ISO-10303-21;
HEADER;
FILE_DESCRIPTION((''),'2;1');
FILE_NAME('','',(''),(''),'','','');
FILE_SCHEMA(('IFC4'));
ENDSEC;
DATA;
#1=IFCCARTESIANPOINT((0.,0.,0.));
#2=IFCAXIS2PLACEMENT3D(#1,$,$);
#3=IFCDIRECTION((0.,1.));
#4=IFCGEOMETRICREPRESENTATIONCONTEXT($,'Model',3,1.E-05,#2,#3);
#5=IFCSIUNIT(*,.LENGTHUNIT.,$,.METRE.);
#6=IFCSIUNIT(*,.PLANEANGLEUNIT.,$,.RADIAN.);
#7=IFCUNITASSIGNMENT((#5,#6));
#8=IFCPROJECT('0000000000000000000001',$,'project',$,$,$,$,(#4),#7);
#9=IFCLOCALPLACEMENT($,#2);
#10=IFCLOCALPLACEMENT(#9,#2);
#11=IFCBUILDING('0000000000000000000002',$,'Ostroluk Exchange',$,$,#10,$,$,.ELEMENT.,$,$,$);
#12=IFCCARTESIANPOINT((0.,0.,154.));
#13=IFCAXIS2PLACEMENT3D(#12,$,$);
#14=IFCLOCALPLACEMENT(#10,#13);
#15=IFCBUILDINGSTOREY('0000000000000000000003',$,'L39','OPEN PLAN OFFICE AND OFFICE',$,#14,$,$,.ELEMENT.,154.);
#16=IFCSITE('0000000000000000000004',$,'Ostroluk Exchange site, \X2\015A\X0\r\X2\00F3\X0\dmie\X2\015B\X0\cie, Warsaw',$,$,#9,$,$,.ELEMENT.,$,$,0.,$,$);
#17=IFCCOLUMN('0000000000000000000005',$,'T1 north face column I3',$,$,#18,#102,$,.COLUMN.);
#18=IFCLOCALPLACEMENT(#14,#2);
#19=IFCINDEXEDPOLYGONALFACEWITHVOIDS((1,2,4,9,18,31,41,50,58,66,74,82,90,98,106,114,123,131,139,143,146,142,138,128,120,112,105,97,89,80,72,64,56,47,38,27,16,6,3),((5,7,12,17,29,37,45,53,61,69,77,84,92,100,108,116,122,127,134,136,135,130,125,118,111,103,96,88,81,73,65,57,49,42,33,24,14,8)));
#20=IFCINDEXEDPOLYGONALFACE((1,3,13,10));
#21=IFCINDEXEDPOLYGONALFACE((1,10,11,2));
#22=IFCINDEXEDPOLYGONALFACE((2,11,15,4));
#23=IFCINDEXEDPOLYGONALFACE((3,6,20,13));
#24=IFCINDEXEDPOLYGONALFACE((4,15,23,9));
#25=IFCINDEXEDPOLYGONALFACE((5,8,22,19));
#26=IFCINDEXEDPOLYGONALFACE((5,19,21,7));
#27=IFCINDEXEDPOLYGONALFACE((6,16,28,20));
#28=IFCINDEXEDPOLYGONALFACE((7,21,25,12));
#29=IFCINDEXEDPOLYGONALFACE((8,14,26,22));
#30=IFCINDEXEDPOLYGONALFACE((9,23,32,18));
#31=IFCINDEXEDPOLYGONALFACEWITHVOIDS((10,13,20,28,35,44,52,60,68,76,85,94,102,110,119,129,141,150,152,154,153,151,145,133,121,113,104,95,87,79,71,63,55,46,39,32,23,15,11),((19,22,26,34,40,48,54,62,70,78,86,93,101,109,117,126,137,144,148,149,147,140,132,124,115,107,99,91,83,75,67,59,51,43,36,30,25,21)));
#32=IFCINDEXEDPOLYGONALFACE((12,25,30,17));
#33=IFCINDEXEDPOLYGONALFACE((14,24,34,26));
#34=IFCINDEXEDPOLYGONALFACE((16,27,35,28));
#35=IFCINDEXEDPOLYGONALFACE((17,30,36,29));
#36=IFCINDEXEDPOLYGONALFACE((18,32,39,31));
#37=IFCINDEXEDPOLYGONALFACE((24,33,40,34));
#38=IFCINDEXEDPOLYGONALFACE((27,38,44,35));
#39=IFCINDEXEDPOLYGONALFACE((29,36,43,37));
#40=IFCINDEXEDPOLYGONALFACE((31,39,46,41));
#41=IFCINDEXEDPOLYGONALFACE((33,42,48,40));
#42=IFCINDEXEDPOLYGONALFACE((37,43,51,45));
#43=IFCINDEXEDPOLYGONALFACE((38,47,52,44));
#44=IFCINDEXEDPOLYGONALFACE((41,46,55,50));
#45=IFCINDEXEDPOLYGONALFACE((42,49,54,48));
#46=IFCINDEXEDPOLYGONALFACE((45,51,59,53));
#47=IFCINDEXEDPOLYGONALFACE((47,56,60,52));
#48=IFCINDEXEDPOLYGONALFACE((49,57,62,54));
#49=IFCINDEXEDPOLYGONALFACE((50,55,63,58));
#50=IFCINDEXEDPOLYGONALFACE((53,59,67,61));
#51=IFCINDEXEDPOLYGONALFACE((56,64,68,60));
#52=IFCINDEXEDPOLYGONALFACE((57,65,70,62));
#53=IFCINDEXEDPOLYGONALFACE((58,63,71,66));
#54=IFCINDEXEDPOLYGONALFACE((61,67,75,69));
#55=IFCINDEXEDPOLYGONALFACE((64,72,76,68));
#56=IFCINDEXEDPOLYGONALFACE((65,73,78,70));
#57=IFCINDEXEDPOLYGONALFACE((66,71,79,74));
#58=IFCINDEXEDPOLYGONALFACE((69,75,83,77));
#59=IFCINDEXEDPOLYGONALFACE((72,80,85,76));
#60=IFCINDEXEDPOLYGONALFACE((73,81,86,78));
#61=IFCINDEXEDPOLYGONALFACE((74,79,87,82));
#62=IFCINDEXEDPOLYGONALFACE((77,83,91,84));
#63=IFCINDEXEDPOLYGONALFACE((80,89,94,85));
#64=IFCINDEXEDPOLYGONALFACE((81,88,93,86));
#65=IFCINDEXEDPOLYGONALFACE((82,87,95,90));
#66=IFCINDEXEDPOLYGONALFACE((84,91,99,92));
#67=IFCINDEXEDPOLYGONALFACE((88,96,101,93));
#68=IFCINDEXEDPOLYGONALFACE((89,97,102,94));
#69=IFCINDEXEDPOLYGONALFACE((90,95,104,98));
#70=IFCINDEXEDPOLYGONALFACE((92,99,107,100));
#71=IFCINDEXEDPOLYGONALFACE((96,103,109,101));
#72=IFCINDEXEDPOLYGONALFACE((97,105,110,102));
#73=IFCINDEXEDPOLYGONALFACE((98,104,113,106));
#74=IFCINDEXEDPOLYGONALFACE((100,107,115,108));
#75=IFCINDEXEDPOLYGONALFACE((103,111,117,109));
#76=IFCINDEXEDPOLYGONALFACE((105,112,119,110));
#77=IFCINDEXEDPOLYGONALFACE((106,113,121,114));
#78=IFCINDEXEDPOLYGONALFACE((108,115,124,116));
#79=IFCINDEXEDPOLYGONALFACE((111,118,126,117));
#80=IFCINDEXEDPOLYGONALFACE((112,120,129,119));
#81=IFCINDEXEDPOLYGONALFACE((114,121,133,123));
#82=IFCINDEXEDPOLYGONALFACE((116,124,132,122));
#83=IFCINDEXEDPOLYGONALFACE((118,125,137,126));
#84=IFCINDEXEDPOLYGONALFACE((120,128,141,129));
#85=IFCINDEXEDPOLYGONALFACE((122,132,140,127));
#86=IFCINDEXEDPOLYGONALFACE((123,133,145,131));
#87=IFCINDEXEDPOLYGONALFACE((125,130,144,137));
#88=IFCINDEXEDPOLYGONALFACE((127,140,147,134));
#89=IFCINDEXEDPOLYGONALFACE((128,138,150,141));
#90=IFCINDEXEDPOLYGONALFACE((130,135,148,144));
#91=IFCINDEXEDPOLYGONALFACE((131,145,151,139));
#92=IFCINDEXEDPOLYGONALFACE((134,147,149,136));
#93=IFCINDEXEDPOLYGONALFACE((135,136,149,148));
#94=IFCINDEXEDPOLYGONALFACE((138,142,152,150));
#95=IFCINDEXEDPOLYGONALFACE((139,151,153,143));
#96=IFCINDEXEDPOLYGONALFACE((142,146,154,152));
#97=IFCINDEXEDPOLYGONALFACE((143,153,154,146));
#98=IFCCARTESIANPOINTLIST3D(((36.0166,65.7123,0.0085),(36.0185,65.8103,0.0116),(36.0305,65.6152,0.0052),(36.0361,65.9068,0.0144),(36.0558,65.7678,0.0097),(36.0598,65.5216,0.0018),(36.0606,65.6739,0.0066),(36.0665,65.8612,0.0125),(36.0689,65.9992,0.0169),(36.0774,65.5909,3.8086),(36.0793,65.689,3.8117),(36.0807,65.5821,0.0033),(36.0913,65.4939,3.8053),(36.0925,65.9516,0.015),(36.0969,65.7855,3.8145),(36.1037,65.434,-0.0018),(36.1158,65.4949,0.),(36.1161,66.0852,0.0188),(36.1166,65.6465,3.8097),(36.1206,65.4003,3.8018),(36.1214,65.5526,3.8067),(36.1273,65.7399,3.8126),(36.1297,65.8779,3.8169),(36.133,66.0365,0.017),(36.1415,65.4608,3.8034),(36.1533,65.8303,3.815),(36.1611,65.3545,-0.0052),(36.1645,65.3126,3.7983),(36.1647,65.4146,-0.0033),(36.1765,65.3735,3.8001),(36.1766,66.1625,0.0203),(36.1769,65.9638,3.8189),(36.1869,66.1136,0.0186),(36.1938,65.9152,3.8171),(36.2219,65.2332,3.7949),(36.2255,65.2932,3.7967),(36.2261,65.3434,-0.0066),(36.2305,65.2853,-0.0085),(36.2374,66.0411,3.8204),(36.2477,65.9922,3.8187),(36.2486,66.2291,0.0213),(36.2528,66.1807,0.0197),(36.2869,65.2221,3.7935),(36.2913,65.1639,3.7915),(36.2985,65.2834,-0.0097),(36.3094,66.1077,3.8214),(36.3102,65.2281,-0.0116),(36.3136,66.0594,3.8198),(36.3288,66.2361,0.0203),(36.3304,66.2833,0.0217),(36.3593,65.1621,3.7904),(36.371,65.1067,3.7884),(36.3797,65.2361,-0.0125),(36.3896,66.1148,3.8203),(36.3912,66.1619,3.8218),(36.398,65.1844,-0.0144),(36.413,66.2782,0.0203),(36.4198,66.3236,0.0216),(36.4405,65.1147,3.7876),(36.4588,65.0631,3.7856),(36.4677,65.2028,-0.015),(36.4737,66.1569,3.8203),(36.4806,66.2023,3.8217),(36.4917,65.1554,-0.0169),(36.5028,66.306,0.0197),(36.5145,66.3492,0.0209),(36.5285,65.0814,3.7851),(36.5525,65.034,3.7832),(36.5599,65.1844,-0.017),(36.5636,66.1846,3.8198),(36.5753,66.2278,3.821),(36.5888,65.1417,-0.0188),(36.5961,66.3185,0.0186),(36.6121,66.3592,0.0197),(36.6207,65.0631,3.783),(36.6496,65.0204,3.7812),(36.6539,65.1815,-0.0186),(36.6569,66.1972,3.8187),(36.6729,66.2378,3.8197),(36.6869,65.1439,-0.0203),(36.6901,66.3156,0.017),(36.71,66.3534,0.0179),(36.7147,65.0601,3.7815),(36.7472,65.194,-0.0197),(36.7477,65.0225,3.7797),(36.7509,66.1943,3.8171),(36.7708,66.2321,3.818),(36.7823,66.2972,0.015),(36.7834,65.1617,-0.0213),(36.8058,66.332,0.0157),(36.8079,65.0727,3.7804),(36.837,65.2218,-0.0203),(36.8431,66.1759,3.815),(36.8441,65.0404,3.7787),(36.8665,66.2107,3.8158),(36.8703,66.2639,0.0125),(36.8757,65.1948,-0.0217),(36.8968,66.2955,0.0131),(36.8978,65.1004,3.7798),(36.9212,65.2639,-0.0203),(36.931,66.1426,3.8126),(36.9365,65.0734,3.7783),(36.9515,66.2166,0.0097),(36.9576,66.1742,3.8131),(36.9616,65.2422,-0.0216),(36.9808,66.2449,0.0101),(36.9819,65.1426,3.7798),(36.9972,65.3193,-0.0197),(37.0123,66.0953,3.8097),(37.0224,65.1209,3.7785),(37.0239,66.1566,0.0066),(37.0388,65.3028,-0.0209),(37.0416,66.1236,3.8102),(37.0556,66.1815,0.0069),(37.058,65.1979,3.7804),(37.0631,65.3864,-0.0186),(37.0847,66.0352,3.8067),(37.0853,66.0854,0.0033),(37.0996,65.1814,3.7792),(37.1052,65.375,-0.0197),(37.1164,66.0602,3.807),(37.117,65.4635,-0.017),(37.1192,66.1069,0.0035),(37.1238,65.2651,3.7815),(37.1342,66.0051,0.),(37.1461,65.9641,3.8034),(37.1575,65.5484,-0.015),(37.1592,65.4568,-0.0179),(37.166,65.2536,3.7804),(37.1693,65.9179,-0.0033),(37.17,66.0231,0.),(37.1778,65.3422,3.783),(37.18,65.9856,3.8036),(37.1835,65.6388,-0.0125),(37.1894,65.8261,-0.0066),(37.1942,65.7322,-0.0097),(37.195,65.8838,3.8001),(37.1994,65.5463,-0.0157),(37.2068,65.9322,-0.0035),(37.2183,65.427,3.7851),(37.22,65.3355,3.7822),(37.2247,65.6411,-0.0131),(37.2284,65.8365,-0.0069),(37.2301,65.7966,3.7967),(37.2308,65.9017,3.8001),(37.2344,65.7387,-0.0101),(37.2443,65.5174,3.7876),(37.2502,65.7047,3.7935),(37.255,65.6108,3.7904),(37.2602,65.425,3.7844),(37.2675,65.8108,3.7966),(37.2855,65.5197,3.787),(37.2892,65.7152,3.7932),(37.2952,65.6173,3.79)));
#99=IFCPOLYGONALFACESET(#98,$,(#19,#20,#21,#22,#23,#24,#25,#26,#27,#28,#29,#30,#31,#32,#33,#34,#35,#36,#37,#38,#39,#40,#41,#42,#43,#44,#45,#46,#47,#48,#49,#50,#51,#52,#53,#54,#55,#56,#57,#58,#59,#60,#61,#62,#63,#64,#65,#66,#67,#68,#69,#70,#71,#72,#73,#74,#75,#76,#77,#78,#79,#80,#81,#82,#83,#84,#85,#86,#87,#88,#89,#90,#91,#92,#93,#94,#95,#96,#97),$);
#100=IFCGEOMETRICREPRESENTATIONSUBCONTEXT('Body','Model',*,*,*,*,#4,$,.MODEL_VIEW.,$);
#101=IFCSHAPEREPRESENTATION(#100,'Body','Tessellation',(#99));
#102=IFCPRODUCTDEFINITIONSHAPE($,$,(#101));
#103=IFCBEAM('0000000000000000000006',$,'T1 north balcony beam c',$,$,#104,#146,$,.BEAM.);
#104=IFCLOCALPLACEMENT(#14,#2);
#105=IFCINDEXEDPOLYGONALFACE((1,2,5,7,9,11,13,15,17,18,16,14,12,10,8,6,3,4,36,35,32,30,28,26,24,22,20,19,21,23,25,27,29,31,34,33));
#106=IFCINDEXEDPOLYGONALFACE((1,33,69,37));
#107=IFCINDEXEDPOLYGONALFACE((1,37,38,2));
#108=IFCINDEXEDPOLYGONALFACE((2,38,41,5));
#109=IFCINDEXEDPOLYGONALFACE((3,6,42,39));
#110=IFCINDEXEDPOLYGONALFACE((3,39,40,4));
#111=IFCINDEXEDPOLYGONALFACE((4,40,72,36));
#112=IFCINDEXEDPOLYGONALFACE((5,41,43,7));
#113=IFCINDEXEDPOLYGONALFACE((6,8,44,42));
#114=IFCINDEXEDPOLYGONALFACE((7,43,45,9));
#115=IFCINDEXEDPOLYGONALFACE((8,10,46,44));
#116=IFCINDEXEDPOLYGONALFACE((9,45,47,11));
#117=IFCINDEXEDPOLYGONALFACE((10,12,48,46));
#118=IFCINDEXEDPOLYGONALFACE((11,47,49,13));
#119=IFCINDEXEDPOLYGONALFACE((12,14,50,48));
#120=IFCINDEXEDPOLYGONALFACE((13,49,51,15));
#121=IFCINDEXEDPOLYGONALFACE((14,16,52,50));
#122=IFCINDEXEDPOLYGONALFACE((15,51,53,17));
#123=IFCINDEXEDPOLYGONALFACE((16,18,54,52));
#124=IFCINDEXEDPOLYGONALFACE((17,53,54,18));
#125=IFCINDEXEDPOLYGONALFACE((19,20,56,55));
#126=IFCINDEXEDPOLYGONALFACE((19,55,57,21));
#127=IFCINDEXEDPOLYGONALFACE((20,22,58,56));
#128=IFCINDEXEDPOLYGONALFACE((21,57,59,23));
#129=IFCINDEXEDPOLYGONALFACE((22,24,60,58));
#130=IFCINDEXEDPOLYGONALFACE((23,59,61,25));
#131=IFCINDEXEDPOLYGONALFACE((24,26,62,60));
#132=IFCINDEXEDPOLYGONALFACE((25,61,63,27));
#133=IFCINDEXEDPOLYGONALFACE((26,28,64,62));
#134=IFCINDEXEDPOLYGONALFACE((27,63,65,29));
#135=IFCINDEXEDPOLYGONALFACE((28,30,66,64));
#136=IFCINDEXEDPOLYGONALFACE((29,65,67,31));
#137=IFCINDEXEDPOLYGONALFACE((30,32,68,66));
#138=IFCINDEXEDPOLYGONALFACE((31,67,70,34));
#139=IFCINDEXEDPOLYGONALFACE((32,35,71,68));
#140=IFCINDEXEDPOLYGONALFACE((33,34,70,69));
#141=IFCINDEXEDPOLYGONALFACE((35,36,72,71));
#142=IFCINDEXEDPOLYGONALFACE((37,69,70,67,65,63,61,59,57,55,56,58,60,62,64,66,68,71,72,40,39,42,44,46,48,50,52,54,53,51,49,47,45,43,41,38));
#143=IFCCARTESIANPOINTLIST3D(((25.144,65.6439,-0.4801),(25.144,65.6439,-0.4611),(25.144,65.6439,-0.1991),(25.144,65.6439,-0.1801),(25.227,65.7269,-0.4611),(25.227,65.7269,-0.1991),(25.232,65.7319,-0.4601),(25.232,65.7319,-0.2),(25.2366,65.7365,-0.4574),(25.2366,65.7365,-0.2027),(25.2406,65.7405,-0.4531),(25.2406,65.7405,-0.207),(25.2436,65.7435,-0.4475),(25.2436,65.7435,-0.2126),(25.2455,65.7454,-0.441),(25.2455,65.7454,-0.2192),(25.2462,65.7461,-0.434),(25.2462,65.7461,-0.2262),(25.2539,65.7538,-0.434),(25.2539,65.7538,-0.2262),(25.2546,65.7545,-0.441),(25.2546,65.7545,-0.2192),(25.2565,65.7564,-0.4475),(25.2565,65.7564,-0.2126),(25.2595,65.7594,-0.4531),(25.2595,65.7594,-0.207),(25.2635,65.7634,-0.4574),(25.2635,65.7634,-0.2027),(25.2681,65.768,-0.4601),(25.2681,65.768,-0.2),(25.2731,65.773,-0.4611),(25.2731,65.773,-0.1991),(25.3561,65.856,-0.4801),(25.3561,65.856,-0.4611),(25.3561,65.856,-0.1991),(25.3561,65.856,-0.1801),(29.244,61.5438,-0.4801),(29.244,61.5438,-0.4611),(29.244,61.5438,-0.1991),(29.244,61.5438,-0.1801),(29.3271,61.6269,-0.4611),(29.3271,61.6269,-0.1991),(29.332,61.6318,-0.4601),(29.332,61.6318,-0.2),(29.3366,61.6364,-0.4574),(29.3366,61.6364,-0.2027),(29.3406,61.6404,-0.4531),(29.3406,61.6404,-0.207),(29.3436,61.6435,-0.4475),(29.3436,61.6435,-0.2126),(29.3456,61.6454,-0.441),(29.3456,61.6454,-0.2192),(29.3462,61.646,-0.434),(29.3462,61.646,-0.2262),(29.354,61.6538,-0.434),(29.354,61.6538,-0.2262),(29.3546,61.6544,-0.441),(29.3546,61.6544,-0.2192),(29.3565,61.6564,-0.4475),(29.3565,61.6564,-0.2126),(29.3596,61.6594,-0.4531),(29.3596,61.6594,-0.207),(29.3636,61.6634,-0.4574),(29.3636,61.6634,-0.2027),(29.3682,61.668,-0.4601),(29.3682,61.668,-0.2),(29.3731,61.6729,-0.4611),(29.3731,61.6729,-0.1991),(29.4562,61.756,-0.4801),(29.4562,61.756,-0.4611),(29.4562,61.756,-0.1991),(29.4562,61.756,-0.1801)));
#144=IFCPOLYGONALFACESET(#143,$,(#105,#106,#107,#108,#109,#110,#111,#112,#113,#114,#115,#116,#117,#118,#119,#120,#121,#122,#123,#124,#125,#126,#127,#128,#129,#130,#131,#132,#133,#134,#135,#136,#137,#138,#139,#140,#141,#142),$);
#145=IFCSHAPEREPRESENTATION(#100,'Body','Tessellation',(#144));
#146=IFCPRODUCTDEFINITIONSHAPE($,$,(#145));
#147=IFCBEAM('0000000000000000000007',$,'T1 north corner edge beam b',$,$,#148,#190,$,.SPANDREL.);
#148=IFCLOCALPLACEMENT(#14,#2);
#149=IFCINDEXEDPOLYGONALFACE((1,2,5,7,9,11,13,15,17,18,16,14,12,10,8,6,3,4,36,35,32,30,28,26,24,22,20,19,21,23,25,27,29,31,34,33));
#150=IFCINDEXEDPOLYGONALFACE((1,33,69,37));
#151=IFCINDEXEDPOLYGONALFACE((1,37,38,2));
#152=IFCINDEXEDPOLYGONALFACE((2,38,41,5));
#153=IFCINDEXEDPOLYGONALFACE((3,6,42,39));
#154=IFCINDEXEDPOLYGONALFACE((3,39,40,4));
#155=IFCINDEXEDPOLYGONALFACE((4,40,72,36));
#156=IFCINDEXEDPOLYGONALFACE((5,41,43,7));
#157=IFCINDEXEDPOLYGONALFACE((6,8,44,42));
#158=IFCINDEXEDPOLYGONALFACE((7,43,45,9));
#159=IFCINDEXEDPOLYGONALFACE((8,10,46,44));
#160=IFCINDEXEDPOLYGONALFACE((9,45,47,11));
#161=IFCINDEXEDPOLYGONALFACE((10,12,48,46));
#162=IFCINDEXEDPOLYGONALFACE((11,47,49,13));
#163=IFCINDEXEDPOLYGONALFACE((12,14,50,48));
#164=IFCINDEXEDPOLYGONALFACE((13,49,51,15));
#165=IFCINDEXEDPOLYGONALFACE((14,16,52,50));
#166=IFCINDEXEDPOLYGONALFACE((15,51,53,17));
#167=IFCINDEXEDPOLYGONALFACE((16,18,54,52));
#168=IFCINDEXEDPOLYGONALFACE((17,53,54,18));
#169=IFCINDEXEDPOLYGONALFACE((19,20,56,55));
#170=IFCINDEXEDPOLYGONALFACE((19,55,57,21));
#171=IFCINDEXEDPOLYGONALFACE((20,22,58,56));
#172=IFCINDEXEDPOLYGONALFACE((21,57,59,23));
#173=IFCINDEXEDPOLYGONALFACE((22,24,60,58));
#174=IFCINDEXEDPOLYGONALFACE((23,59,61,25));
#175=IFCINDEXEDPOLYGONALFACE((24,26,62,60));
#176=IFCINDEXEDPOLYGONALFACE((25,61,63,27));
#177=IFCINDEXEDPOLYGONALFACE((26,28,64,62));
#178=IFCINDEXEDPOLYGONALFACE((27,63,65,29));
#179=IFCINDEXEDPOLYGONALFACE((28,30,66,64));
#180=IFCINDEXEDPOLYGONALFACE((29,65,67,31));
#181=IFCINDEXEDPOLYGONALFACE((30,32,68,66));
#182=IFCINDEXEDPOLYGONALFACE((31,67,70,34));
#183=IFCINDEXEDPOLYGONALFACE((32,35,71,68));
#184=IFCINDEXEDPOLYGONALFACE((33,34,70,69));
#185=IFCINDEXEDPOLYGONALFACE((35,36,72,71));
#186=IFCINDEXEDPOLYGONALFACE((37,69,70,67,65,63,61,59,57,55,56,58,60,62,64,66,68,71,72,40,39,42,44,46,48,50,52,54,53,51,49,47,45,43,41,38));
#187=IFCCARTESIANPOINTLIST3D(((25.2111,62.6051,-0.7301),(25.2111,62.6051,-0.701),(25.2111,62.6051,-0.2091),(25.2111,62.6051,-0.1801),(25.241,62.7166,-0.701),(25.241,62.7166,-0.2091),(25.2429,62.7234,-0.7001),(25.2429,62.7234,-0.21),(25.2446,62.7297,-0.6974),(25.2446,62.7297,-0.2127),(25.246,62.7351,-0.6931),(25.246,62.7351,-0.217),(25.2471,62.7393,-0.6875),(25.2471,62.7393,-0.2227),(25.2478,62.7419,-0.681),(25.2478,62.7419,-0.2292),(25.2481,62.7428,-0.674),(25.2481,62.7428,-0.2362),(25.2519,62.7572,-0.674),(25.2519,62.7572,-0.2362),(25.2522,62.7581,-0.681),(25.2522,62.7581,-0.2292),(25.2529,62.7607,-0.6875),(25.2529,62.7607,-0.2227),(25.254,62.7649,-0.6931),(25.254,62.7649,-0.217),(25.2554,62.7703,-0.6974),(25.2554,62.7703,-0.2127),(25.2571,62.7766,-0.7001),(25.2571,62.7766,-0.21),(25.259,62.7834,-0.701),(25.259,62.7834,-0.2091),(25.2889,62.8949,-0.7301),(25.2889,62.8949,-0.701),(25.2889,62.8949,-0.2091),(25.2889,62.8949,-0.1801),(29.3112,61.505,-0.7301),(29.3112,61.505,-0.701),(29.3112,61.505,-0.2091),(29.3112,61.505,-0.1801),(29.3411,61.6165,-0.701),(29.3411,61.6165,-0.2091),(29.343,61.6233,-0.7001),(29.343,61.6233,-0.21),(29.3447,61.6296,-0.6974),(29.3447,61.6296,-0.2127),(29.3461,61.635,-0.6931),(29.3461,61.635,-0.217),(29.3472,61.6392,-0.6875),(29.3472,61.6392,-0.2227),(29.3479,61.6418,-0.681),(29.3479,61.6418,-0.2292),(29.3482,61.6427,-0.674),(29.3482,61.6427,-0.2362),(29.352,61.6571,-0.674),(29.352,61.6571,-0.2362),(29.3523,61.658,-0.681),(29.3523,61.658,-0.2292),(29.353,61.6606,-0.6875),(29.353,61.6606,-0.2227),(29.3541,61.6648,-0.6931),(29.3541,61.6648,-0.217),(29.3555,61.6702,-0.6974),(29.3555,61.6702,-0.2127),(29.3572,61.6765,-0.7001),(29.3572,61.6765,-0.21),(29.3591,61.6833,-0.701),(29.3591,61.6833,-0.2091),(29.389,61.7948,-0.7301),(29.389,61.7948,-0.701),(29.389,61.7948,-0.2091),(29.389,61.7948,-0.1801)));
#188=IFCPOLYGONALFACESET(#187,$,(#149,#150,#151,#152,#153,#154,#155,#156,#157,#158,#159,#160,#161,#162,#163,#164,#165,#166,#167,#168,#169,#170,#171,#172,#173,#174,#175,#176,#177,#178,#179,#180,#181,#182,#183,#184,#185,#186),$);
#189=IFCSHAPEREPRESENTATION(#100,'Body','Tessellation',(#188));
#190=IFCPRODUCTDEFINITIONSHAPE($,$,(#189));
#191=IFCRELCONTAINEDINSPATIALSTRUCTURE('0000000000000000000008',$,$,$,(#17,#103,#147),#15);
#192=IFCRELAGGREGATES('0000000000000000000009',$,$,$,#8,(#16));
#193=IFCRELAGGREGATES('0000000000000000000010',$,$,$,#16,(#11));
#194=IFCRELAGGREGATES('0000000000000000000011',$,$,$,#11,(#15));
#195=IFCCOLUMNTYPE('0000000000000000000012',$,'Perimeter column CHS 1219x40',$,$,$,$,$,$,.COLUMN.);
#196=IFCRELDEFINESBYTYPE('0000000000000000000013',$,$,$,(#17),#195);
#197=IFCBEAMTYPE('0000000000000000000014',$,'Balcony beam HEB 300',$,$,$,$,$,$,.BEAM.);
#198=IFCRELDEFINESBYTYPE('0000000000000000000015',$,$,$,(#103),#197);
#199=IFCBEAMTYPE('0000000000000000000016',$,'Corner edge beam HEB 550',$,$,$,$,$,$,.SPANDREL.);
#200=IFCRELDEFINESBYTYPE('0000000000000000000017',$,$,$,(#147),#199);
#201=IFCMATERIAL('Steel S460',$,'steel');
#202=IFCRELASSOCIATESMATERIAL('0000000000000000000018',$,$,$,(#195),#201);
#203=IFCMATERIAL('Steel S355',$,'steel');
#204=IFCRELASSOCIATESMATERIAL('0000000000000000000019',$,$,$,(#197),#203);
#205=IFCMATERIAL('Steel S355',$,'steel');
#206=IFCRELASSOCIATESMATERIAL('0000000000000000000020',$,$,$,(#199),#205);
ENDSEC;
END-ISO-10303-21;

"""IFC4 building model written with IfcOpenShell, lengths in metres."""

from ifc_helpers import new_model, si_unit, direction, frame, origin, origin_2d, place, context, subcontext, project, spatial, hollow_circle, i_section, extrude, material, material_profile, profile_set, type_object, element, save


model = new_model("IFC4")

# Units and contexts
model_context = context("Model", 3, precision=1e-05, world=origin(), true_north=direction((0.0, 1.0)))
body_context = subcontext(model_context, "Body", "Model", "MODEL_VIEW")
ifc_project = project(units=[si_unit("LENGTHUNIT", "METRE"), si_unit("PLANEANGLEUNIT", "RADIAN")], contexts=[model_context])

# Site, building, storey
site_placement = place(None, origin())
site = spatial("IfcSite", under=ifc_project, at=site_placement, Name="Ostroluk Exchange site, Śródmieście, Warsaw", CompositionType="ELEMENT", RefElevation=0.0)
building_placement = place(site_placement, origin())
building = spatial("IfcBuilding", under=site, at=building_placement, Name="Ostroluk Exchange", CompositionType="ELEMENT")
storey_placement = place(building_placement, frame((0.0, 0.0, 154.0)))
storey = spatial("IfcBuildingStorey", under=building, at=storey_placement, Name="L39", Description="OPEN PLAN OFFICE AND OFFICE", CompositionType="ELEMENT", Elevation=154.0)

# Column
ifc_material_1 = material(Name="Steel S460", Category="steel")
ifc_material_profile_1 = material_profile(ifc_material_1, hollow_circle(Radius=0.6096, WallThickness=0.04, at=origin_2d()), Name="CHS 1219x40")
ifc_profile_set_1 = profile_set([ifc_material_profile_1], Name="Steel S460")
column_type = type_object("IfcColumnType", Name="Perimeter column CHS 1219x40", PredefinedType="COLUMN", material=ifc_profile_set_1)
column_placement = place(storey_placement, frame((36.625, 65.75, 0.0), z_axis=(0.015987, -0.03191, 0.999363), x_axis=(0.894067, 0.447933, 0.0)))
element("IfcColumn", 1, at=column_placement, inside=storey, type_object=column_type, Name="T1 north face column I3", PredefinedType="COLUMN", context=body_context, shape_type="SweptSolid", body=[
    extrude(hollow_circle(Radius=0.6096, WallThickness=0.04, at=origin_2d()), origin(), (0.0, 0.0, 1.0), 3.8025),
])

# Beams
ifc_material_2 = material(Name="Steel S355", Category="steel")
ifc_material_profile_2 = material_profile(ifc_material_2, i_section(OverallWidth=0.3, OverallDepth=0.3, WebThickness=0.011, FlangeThickness=0.019, FilletRadius=0.0271, at=origin_2d()), Name="HEB 300")
ifc_profile_set_2 = profile_set([ifc_material_profile_2], Name="Steel S355")
beam_type_1 = type_object("IfcBeamType", Name="Balcony beam HEB 300", PredefinedType="BEAM", material=ifc_profile_set_2)
beam_1_placement = place(storey_placement, frame((29.3501, 61.6499, -0.3301), z_axis=(-0.707107, 0.707107, 0.0), x_axis=(-0.707107, -0.707107, 0.0)))
element("IfcBeam", 2, at=beam_1_placement, inside=storey, type_object=beam_type_1, Name="T1 north balcony beam c", PredefinedType="BEAM", context=body_context, shape_type="SweptSolid", body=[
    extrude(i_section(OverallWidth=0.3, OverallDepth=0.3, WebThickness=0.011, FlangeThickness=0.019, FilletRadius=0.0271, at=origin_2d()), origin(), (0.0, 0.0, 1.0), 5.7983),
])
ifc_material_3 = material(Name="Steel S355", Category="steel")
ifc_material_profile_3 = material_profile(ifc_material_3, i_section(OverallWidth=0.3, OverallDepth=0.55, WebThickness=0.0149, FlangeThickness=0.0291, FilletRadius=0.0271, at=origin_2d()), Name="HEB 550")
ifc_profile_set_3 = profile_set([ifc_material_profile_3], Name="Steel S355")
beam_type_2 = type_object("IfcBeamType", Name="Corner edge beam HEB 550", PredefinedType="SPANDREL", material=ifc_profile_set_3)
beam_2_placement = place(storey_placement, frame((29.3501, 61.6499, -0.4551), z_axis=(-0.965839, 0.259144, 0.0), x_axis=(-0.259144, -0.965839, 0.0)))
element("IfcBeam", 3, at=beam_2_placement, inside=storey, type_object=beam_type_2, Name="T1 north corner edge beam b", PredefinedType="SPANDREL", context=body_context, shape_type="SweptSolid", body=[
    extrude(i_section(OverallWidth=0.3, OverallDepth=0.55, WebThickness=0.0149, FlangeThickness=0.0291, FilletRadius=0.0271, at=origin_2d()), origin(), (0.0, 0.0, 1.0), 4.2451),
])

save(model, "model.ifc")
